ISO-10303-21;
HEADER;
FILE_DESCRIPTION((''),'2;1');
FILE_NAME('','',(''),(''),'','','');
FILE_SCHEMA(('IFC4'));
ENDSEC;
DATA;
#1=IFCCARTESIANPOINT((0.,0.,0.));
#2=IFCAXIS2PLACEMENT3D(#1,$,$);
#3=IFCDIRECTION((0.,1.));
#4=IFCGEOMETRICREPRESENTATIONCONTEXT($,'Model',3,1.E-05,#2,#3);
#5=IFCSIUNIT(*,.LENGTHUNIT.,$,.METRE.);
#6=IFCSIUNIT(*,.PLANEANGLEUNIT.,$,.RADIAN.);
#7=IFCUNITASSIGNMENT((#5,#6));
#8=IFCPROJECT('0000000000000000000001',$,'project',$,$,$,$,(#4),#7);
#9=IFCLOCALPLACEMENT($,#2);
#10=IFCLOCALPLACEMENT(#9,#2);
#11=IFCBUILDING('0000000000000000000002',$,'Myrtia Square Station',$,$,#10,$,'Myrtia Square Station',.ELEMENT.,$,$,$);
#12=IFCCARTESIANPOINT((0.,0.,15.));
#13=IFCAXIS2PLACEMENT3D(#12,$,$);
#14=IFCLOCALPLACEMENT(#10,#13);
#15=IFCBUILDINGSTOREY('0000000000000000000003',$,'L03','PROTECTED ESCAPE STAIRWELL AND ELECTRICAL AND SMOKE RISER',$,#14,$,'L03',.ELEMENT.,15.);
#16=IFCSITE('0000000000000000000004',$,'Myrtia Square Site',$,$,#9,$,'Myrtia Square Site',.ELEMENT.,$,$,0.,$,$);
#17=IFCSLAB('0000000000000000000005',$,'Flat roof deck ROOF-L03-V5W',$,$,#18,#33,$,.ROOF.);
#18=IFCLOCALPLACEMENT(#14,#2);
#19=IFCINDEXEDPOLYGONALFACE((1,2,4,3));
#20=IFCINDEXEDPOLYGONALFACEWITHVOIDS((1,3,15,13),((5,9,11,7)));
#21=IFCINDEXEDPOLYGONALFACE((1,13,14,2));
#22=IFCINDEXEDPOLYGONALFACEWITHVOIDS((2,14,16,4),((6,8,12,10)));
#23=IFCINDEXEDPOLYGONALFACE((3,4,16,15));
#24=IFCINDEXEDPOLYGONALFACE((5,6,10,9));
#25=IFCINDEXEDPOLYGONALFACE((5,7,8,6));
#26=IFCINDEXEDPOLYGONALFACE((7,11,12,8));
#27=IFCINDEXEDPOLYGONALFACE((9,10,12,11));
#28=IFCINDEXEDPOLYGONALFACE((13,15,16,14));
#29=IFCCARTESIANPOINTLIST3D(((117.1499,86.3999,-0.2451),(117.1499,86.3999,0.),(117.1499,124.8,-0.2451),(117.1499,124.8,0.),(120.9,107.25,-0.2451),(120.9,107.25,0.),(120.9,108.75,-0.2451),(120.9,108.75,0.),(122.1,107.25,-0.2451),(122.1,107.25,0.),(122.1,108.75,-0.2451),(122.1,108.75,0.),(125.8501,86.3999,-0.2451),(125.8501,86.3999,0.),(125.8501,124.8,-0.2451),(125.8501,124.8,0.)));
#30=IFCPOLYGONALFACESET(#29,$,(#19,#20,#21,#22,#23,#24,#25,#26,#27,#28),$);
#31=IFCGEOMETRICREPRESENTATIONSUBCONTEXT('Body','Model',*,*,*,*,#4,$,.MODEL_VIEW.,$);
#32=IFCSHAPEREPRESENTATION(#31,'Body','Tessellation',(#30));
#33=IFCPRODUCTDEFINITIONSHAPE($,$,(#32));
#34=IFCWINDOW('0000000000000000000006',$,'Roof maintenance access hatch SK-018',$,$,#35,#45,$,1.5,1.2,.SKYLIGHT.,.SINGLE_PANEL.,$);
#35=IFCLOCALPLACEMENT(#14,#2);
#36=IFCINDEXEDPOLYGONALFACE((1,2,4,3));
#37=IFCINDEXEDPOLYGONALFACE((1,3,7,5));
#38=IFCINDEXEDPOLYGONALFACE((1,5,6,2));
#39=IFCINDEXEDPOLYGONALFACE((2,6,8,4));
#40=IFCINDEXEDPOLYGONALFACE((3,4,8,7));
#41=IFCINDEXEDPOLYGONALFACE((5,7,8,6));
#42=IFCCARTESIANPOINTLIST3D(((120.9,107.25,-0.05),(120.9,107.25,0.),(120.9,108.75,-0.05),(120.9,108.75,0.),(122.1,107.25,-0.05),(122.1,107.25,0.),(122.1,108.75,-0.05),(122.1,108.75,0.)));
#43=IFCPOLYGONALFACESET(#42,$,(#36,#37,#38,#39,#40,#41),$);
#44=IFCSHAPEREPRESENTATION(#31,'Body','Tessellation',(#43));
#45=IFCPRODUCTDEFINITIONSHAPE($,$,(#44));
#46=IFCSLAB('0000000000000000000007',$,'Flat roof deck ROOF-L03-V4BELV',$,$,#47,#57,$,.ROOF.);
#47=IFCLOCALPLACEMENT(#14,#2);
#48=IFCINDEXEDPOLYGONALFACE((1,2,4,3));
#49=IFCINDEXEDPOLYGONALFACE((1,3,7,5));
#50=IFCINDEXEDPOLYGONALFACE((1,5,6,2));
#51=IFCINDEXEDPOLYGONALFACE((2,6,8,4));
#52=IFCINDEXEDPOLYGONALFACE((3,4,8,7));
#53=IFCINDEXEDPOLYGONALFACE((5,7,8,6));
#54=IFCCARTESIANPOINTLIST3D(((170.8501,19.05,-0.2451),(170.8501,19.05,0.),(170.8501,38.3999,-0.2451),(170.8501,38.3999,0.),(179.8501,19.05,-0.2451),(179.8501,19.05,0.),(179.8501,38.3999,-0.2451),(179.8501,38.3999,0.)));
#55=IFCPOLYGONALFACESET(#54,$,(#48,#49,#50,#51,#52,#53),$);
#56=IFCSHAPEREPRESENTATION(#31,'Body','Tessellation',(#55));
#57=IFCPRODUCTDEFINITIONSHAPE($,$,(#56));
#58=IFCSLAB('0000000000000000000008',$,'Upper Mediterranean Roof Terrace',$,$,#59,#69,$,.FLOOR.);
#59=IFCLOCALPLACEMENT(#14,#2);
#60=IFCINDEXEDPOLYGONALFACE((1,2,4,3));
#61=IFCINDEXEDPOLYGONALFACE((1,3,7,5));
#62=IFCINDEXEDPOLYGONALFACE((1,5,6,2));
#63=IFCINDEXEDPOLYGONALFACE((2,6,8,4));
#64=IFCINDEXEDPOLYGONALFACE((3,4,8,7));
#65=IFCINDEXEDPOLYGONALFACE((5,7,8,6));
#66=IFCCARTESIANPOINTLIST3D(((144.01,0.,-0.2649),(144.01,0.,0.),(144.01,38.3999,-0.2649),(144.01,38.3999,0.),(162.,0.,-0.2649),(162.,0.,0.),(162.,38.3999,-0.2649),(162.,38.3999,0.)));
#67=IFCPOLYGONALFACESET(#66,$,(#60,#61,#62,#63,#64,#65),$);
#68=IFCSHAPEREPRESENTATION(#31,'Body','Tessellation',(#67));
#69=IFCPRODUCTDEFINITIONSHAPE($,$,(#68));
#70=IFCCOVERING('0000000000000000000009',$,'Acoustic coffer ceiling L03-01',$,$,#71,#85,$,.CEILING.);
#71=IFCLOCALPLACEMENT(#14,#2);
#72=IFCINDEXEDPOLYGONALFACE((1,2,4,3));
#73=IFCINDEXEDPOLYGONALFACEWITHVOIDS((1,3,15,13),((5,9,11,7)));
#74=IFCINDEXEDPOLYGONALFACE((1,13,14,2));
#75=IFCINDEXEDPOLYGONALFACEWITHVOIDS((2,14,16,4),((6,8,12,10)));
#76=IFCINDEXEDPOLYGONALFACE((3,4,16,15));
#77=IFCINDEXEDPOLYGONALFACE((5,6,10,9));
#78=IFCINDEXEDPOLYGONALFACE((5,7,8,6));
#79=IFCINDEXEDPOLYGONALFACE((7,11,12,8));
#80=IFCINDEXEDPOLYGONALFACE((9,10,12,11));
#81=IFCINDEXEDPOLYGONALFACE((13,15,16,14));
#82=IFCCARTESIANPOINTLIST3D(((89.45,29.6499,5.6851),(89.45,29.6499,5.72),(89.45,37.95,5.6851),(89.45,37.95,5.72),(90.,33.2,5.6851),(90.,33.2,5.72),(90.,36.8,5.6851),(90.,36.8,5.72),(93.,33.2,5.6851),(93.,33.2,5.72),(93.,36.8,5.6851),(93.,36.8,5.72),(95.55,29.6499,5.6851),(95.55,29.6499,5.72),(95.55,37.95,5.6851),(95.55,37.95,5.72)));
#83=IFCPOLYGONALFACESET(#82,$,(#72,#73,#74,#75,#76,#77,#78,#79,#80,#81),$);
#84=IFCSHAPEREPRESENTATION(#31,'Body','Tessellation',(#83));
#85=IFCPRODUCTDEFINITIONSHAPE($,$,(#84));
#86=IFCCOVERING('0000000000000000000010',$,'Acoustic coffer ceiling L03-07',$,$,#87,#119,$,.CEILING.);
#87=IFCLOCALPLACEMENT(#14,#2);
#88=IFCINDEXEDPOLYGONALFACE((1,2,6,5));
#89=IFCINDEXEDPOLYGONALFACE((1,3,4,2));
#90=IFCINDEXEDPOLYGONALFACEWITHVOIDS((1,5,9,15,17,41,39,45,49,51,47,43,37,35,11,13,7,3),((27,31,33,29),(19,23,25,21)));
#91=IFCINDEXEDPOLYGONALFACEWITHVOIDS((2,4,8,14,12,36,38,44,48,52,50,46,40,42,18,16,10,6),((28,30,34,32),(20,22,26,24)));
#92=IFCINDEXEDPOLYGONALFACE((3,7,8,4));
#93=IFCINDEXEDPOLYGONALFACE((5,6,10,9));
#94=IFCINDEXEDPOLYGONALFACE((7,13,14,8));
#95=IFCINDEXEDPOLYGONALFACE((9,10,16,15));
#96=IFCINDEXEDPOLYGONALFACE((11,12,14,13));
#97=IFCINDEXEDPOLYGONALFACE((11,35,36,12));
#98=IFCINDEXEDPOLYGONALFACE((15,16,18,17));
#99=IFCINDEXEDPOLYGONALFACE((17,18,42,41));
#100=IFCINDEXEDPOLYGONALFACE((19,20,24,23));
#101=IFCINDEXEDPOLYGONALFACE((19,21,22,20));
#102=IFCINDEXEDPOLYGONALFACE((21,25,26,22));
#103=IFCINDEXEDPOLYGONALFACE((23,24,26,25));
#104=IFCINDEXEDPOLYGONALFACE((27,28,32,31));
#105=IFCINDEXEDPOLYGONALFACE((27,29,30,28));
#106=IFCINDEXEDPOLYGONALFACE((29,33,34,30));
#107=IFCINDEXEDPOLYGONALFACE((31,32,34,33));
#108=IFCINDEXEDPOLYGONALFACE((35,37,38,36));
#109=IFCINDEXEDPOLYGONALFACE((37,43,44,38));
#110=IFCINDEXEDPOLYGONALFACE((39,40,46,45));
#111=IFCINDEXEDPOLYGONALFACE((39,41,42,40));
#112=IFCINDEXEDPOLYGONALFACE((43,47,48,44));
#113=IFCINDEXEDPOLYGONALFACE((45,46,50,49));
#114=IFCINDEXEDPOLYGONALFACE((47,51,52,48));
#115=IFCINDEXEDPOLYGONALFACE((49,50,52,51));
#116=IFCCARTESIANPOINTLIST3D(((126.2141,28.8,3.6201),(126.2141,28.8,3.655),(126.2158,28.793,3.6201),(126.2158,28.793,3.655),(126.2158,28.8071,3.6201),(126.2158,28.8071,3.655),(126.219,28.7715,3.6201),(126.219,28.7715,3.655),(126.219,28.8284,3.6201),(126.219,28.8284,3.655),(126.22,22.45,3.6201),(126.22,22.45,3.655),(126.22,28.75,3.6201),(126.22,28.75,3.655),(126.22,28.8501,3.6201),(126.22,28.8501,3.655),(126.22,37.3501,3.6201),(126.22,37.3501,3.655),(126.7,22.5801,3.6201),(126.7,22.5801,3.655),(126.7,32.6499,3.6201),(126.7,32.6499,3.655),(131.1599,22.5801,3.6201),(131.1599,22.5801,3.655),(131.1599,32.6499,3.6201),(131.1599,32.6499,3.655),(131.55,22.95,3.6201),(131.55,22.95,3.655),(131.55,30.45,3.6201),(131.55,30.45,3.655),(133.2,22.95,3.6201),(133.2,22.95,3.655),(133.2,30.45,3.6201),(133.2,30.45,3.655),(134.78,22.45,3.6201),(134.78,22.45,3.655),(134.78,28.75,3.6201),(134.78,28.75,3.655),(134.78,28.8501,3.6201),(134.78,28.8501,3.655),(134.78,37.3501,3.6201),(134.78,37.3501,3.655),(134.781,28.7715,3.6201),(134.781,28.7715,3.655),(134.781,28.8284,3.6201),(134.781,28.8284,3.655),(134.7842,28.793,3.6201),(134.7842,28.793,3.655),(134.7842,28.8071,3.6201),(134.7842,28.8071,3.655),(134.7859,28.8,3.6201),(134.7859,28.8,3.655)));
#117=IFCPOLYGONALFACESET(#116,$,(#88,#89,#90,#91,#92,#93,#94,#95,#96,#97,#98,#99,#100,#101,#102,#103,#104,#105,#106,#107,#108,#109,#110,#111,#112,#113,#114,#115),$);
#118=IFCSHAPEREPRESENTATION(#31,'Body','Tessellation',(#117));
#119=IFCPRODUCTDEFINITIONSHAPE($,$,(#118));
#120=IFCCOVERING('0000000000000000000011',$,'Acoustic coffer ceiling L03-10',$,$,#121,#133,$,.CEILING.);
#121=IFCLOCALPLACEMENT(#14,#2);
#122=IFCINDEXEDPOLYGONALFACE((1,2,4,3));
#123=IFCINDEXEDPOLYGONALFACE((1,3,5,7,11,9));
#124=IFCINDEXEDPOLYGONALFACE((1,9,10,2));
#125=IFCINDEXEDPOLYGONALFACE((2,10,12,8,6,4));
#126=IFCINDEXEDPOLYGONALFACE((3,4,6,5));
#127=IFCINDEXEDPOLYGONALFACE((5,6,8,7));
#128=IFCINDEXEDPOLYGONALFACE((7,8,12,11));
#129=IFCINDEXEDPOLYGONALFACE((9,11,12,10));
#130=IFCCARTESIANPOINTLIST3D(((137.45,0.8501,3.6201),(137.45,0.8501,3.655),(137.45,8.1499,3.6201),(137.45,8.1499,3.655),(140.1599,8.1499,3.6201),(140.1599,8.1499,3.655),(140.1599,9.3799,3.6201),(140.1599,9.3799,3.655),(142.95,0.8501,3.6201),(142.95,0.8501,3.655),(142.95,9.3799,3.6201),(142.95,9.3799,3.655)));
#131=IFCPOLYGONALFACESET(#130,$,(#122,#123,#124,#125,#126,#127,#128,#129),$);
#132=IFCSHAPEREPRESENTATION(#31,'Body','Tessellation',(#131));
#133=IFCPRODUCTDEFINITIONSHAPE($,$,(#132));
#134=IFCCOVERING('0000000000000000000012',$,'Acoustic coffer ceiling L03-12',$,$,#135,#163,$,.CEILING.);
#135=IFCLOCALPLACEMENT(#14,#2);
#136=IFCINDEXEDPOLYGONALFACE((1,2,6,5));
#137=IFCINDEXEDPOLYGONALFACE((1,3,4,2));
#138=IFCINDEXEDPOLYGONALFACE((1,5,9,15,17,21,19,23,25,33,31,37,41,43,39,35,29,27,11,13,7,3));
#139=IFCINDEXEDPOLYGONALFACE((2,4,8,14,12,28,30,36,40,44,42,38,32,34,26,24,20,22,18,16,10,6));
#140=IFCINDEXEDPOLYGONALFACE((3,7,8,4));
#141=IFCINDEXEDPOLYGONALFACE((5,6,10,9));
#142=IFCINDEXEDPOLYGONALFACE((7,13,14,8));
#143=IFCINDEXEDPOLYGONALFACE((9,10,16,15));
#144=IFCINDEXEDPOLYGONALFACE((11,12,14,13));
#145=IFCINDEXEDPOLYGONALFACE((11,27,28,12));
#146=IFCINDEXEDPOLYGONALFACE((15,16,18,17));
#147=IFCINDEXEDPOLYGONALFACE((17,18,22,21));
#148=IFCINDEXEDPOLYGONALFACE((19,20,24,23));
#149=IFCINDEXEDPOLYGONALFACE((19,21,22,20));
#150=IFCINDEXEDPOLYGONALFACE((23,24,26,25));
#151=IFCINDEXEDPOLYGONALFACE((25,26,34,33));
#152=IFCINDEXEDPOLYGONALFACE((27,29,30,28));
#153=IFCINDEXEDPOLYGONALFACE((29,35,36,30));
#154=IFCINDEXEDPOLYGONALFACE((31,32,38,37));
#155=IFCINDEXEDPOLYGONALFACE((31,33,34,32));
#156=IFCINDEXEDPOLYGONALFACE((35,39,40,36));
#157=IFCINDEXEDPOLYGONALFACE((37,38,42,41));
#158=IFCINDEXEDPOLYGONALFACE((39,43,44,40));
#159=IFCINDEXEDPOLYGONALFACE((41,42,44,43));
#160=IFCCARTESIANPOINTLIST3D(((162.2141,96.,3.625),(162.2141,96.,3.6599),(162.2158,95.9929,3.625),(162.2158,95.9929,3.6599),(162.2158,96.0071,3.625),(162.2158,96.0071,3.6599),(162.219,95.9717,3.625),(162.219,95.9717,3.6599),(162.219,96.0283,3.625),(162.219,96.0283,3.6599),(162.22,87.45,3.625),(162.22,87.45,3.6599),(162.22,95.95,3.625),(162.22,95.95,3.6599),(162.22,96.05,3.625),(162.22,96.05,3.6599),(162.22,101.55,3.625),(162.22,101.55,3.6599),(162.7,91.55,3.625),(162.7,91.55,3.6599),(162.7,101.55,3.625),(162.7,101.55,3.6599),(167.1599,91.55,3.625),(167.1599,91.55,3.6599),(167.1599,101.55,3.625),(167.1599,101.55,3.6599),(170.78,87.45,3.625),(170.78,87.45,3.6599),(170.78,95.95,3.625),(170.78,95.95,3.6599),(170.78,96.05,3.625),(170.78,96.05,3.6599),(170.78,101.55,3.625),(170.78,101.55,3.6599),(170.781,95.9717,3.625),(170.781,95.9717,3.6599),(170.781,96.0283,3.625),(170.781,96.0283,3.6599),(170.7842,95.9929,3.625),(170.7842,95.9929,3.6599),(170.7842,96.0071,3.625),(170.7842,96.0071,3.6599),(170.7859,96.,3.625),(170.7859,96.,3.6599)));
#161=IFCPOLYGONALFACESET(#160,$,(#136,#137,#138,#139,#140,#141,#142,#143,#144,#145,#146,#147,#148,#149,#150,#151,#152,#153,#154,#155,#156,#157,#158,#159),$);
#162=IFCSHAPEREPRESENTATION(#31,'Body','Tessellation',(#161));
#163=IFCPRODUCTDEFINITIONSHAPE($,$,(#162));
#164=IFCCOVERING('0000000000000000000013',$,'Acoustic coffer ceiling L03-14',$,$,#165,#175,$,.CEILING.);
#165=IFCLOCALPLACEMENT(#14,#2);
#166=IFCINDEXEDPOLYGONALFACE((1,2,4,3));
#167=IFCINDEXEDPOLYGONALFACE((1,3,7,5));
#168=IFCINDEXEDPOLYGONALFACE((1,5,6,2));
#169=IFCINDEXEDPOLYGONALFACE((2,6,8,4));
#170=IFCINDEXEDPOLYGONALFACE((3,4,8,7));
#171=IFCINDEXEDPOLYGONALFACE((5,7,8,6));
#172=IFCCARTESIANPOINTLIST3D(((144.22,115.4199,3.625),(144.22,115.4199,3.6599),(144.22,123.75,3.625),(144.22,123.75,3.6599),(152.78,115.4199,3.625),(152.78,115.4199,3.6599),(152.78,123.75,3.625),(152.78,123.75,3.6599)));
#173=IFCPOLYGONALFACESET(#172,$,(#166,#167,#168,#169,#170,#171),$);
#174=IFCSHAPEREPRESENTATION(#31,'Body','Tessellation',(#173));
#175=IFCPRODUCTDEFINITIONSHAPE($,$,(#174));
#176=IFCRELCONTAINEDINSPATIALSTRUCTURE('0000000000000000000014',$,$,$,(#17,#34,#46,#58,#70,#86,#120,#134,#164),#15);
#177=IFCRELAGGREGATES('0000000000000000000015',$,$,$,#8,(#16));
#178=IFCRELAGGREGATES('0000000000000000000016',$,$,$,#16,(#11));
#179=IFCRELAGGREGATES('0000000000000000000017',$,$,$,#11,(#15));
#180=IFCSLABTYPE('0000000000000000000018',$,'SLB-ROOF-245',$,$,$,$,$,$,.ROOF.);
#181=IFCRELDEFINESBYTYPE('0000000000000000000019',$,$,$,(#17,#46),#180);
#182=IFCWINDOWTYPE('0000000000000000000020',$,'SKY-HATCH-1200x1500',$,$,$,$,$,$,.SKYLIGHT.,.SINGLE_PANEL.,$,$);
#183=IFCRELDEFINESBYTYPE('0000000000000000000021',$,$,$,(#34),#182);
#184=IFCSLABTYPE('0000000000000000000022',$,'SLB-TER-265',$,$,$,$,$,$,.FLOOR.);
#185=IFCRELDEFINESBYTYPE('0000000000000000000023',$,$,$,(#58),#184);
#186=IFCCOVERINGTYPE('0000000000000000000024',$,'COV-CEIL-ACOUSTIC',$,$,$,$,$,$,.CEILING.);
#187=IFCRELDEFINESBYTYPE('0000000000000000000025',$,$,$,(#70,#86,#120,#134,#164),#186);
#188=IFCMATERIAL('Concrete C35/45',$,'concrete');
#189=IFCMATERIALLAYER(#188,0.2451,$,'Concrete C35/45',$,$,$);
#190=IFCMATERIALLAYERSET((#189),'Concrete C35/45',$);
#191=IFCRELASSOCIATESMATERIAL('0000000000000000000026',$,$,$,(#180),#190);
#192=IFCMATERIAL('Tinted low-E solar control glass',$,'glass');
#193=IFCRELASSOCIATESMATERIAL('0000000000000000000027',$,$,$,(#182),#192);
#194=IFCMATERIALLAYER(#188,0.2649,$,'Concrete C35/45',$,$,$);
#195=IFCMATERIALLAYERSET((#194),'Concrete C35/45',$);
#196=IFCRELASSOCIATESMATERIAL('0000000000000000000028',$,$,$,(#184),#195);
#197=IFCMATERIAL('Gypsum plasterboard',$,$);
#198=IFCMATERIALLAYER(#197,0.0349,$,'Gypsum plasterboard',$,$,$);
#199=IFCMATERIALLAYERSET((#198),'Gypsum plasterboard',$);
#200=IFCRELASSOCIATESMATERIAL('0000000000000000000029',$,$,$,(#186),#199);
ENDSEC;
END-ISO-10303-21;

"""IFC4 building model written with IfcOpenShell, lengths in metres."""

from ifc_helpers import new_model, si_unit, direction, frame, origin, origin_2d, place, context, subcontext, project, spatial, polyline, rectangle, outline, extrude, material, layer, layer_set, type_object, element, fill, save


model = new_model("IFC4")

# Units and contexts
model_context = context("Model", 3, precision=1e-05, world=origin(), true_north=direction((0.0, 1.0)))
body_context = subcontext(model_context, "Body", "Model", "MODEL_VIEW")
ifc_project = project(units=[si_unit("LENGTHUNIT", "METRE"), si_unit("PLANEANGLEUNIT", "RADIAN")], contexts=[model_context])

# Site, building, storey
site_placement = place(None, origin())
site = spatial("IfcSite", under=ifc_project, at=site_placement, Name="Myrtia Square Site", LongName="Myrtia Square Site", CompositionType="ELEMENT", RefElevation=0.0)
building_placement = place(site_placement, origin())
building = spatial("IfcBuilding", under=site, at=building_placement, Name="Myrtia Square Station", LongName="Myrtia Square Station", CompositionType="ELEMENT")
storey_placement = place(building_placement, frame((0.0, 0.0, 15.0)))
storey = spatial("IfcBuildingStorey", under=building, at=storey_placement, Name="L03", Description="PROTECTED ESCAPE STAIRWELL AND ELECTRICAL AND SMOKE RISER", LongName="L03", CompositionType="ELEMENT", Elevation=15.0)

# Shared definitions
ifc_material_1 = material(Name="Concrete C35/45", Category="concrete")

# Slab, opening, window
ifc_layer_1 = layer(ifc_material_1, 0.2451, Name="Concrete C35/45")
ifc_layer_set_1 = layer_set([ifc_layer_1], Name="Concrete C35/45")
slab_type_1 = type_object("IfcSlabType", Name="SLB-ROOF-245", PredefinedType="ROOF", material=ifc_layer_set_1)
slab_1_placement = place(storey_placement, frame((0.0, 0.0, -0.2451)))
slab_1 = element("IfcSlab", 1, at=slab_1_placement, inside=storey, type_object=slab_type_1, Name="Flat roof deck ROOF-L03-V5W", PredefinedType="ROOF", context=body_context, shape_type="SweptSolid", body=[
    extrude(outline(polyline([(117.1499, 86.3999), (125.8501, 86.3999), (125.8501, 124.8), (117.1499, 124.8), (117.1499, 86.3999)])), origin(), (0.0, 0.0, 1.0), 0.2451),
])
opening_placement = place(slab_1_placement, frame((121.5, 108.0, 0.0)))
opening = element("IfcOpeningElement", 2, at=opening_placement, cuts=slab_1, PredefinedType="OPENING", context=body_context, shape_type="SweptSolid", body=[
    extrude(rectangle(XDim=1.2, YDim=1.5, at=origin_2d()), frame((0.0, 0.0, -0.0149), z_axis=(0.0, 0.0, 1.0), x_axis=(1.0, 0.0, 0.0)), (0.0, 0.0, 1.0), 0.2751),
])
ifc_material_2 = material(Name="Tinted low-E solar control glass", Category="glass")
window_type = type_object("IfcWindowType", Name="SKY-HATCH-1200x1500", PartitioningType="SINGLE_PANEL", PredefinedType="SKYLIGHT", material=ifc_material_2)
window_placement = place(opening_placement, frame((0.0, 0.0, 0.1951)))
window = element("IfcWindow", 3, at=window_placement, inside=storey, type_object=window_type, Name="Roof maintenance access hatch SK-018", OverallHeight=1.5, OverallWidth=1.2, PartitioningType="SINGLE_PANEL", PredefinedType="SKYLIGHT", context=body_context, shape_type="SweptSolid", body=[
    extrude(rectangle(XDim=1.2, YDim=1.5, at=origin_2d()), origin(), (0.0, 0.0, 1.0), 0.05),
])
fill(opening, window)

# Slabs
slab_2_placement = place(storey_placement, frame((0.0, 0.0, -0.2451)))
element("IfcSlab", 4, at=slab_2_placement, inside=storey, type_object=slab_type_1, Name="Flat roof deck ROOF-L03-V4BELV", PredefinedType="ROOF", context=body_context, shape_type="SweptSolid", body=[
    extrude(outline(polyline([(170.8501, 19.05), (179.8501, 19.05), (179.8501, 38.3999), (170.8501, 38.3999), (170.8501, 19.05)])), origin(), (0.0, 0.0, 1.0), 0.2451),
])
ifc_layer_2 = layer(ifc_material_1, 0.2649, Name="Concrete C35/45")
ifc_layer_set_2 = layer_set([ifc_layer_2], Name="Concrete C35/45")
slab_type_2 = type_object("IfcSlabType", Name="SLB-TER-265", PredefinedType="FLOOR", material=ifc_layer_set_2)
slab_3_placement = place(storey_placement, frame((0.0, 0.0, -0.2649)))
element("IfcSlab", 5, at=slab_3_placement, inside=storey, type_object=slab_type_2, Name="Upper Mediterranean Roof Terrace", PredefinedType="FLOOR", context=body_context, shape_type="SweptSolid", body=[
    extrude(outline(polyline([(144.01, 0.0), (162.0, 0.0), (162.0, 38.3999), (144.01, 38.3999), (144.01, 0.0)])), origin(), (0.0, 0.0, 1.0), 0.2649),
])

# Coverings
ifc_material_3 = material(Name="Gypsum plasterboard")
ifc_layer_3 = layer(ifc_material_3, 0.0349, Name="Gypsum plasterboard")
ifc_layer_set_3 = layer_set([ifc_layer_3], Name="Gypsum plasterboard")
covering_type_1 = type_object("IfcCoveringType", Name="COV-CEIL-ACOUSTIC", PredefinedType="CEILING", material=ifc_layer_set_3)
covering_1_placement = place(storey_placement, frame((0.0, 0.0, 5.6851)))
element("IfcCovering", 6, at=covering_1_placement, inside=storey, type_object=covering_type_1, Name="Acoustic coffer ceiling L03-01", PredefinedType="CEILING", context=body_context, shape_type="SweptSolid", body=[
    extrude(outline(polyline([(95.55, 37.95), (95.55, 29.6499), (89.45, 29.6499), (89.45, 37.95), (95.55, 37.95)]), holes=[polyline([(90.0, 36.8), (90.0, 33.2), (93.0, 33.2), (93.0, 36.8), (90.0, 36.8)])]), origin(), (0.0, 0.0, 1.0), 0.0349),
])
covering_2_placement = place(storey_placement, frame((0.0, 0.0, 3.6201)))
element("IfcCovering", 7, at=covering_2_placement, inside=storey, type_object=covering_type_1, Name="Acoustic coffer ceiling L03-07", PredefinedType="CEILING", context=body_context, shape_type="SweptSolid", body=[
    extrude(outline(polyline([(134.78, 37.3501), (134.78, 28.8501), (134.781, 28.8284), (134.7842, 28.8071), (134.7859, 28.8), (134.7842, 28.793), (134.781, 28.7715), (134.78, 28.75), (134.78, 22.45), (126.22, 22.45), (126.22, 28.75), (126.219, 28.7715), (126.2158, 28.793), (126.2141, 28.8), (126.2158, 28.8071), (126.219, 28.8284), (126.22, 28.8501), (126.22, 37.3501), (134.78, 37.3501)]), holes=[polyline([(131.55, 30.45), (131.55, 22.95), (133.2, 22.95), (133.2, 30.45), (131.55, 30.45)]), polyline([(126.7, 22.5801), (131.1599, 22.5801), (131.1599, 32.6499), (126.7, 32.6499), (126.7, 22.5801)])]), origin(), (0.0, 0.0, 1.0), 0.0349),
])
covering_3_placement = place(storey_placement, frame((0.0, 0.0, 3.6201)))
element("IfcCovering", 8, at=covering_3_placement, inside=storey, type_object=covering_type_1, Name="Acoustic coffer ceiling L03-10", PredefinedType="CEILING", context=body_context, shape_type="SweptSolid", body=[
    extrude(outline(polyline([(142.95, 0.8501), (137.45, 0.8501), (137.45, 8.1499), (140.1599, 8.1499), (140.1599, 9.3799), (142.95, 9.3799), (142.95, 0.8501)])), origin(), (0.0, 0.0, 1.0), 0.0349),
])
covering_4_placement = place(storey_placement, frame((0.0, 0.0, 3.625)))
element("IfcCovering", 9, at=covering_4_placement, inside=storey, type_object=covering_type_1, Name="Acoustic coffer ceiling L03-12", PredefinedType="CEILING", context=body_context, shape_type="SweptSolid", body=[
    extrude(outline(polyline([(162.7, 101.55), (162.7, 91.55), (167.1599, 91.55), (167.1599, 101.55), (170.78, 101.55), (170.78, 96.05), (170.781, 96.0283), (170.7842, 96.0071), (170.7859, 96.0), (170.7842, 95.9929), (170.781, 95.9717), (170.78, 95.95), (170.78, 87.45), (162.22, 87.45), (162.22, 95.95), (162.219, 95.9717), (162.2158, 95.9929), (162.2141, 96.0), (162.2158, 96.0071), (162.219, 96.0283), (162.22, 96.05), (162.22, 101.55), (162.7, 101.55)])), origin(), (0.0, 0.0, 1.0), 0.0349),
])
covering_5_placement = place(storey_placement, frame((0.0, 0.0, 3.625)))
element("IfcCovering", 10, at=covering_5_placement, inside=storey, type_object=covering_type_1, Name="Acoustic coffer ceiling L03-14", PredefinedType="CEILING", context=body_context, shape_type="SweptSolid", body=[
    extrude(outline(polyline([(152.78, 123.75), (152.78, 115.4199), (144.22, 115.4199), (144.22, 123.75), (152.78, 123.75)])), origin(), (0.0, 0.0, 1.0), 0.0349),
])

save(model, "model.ifc")
